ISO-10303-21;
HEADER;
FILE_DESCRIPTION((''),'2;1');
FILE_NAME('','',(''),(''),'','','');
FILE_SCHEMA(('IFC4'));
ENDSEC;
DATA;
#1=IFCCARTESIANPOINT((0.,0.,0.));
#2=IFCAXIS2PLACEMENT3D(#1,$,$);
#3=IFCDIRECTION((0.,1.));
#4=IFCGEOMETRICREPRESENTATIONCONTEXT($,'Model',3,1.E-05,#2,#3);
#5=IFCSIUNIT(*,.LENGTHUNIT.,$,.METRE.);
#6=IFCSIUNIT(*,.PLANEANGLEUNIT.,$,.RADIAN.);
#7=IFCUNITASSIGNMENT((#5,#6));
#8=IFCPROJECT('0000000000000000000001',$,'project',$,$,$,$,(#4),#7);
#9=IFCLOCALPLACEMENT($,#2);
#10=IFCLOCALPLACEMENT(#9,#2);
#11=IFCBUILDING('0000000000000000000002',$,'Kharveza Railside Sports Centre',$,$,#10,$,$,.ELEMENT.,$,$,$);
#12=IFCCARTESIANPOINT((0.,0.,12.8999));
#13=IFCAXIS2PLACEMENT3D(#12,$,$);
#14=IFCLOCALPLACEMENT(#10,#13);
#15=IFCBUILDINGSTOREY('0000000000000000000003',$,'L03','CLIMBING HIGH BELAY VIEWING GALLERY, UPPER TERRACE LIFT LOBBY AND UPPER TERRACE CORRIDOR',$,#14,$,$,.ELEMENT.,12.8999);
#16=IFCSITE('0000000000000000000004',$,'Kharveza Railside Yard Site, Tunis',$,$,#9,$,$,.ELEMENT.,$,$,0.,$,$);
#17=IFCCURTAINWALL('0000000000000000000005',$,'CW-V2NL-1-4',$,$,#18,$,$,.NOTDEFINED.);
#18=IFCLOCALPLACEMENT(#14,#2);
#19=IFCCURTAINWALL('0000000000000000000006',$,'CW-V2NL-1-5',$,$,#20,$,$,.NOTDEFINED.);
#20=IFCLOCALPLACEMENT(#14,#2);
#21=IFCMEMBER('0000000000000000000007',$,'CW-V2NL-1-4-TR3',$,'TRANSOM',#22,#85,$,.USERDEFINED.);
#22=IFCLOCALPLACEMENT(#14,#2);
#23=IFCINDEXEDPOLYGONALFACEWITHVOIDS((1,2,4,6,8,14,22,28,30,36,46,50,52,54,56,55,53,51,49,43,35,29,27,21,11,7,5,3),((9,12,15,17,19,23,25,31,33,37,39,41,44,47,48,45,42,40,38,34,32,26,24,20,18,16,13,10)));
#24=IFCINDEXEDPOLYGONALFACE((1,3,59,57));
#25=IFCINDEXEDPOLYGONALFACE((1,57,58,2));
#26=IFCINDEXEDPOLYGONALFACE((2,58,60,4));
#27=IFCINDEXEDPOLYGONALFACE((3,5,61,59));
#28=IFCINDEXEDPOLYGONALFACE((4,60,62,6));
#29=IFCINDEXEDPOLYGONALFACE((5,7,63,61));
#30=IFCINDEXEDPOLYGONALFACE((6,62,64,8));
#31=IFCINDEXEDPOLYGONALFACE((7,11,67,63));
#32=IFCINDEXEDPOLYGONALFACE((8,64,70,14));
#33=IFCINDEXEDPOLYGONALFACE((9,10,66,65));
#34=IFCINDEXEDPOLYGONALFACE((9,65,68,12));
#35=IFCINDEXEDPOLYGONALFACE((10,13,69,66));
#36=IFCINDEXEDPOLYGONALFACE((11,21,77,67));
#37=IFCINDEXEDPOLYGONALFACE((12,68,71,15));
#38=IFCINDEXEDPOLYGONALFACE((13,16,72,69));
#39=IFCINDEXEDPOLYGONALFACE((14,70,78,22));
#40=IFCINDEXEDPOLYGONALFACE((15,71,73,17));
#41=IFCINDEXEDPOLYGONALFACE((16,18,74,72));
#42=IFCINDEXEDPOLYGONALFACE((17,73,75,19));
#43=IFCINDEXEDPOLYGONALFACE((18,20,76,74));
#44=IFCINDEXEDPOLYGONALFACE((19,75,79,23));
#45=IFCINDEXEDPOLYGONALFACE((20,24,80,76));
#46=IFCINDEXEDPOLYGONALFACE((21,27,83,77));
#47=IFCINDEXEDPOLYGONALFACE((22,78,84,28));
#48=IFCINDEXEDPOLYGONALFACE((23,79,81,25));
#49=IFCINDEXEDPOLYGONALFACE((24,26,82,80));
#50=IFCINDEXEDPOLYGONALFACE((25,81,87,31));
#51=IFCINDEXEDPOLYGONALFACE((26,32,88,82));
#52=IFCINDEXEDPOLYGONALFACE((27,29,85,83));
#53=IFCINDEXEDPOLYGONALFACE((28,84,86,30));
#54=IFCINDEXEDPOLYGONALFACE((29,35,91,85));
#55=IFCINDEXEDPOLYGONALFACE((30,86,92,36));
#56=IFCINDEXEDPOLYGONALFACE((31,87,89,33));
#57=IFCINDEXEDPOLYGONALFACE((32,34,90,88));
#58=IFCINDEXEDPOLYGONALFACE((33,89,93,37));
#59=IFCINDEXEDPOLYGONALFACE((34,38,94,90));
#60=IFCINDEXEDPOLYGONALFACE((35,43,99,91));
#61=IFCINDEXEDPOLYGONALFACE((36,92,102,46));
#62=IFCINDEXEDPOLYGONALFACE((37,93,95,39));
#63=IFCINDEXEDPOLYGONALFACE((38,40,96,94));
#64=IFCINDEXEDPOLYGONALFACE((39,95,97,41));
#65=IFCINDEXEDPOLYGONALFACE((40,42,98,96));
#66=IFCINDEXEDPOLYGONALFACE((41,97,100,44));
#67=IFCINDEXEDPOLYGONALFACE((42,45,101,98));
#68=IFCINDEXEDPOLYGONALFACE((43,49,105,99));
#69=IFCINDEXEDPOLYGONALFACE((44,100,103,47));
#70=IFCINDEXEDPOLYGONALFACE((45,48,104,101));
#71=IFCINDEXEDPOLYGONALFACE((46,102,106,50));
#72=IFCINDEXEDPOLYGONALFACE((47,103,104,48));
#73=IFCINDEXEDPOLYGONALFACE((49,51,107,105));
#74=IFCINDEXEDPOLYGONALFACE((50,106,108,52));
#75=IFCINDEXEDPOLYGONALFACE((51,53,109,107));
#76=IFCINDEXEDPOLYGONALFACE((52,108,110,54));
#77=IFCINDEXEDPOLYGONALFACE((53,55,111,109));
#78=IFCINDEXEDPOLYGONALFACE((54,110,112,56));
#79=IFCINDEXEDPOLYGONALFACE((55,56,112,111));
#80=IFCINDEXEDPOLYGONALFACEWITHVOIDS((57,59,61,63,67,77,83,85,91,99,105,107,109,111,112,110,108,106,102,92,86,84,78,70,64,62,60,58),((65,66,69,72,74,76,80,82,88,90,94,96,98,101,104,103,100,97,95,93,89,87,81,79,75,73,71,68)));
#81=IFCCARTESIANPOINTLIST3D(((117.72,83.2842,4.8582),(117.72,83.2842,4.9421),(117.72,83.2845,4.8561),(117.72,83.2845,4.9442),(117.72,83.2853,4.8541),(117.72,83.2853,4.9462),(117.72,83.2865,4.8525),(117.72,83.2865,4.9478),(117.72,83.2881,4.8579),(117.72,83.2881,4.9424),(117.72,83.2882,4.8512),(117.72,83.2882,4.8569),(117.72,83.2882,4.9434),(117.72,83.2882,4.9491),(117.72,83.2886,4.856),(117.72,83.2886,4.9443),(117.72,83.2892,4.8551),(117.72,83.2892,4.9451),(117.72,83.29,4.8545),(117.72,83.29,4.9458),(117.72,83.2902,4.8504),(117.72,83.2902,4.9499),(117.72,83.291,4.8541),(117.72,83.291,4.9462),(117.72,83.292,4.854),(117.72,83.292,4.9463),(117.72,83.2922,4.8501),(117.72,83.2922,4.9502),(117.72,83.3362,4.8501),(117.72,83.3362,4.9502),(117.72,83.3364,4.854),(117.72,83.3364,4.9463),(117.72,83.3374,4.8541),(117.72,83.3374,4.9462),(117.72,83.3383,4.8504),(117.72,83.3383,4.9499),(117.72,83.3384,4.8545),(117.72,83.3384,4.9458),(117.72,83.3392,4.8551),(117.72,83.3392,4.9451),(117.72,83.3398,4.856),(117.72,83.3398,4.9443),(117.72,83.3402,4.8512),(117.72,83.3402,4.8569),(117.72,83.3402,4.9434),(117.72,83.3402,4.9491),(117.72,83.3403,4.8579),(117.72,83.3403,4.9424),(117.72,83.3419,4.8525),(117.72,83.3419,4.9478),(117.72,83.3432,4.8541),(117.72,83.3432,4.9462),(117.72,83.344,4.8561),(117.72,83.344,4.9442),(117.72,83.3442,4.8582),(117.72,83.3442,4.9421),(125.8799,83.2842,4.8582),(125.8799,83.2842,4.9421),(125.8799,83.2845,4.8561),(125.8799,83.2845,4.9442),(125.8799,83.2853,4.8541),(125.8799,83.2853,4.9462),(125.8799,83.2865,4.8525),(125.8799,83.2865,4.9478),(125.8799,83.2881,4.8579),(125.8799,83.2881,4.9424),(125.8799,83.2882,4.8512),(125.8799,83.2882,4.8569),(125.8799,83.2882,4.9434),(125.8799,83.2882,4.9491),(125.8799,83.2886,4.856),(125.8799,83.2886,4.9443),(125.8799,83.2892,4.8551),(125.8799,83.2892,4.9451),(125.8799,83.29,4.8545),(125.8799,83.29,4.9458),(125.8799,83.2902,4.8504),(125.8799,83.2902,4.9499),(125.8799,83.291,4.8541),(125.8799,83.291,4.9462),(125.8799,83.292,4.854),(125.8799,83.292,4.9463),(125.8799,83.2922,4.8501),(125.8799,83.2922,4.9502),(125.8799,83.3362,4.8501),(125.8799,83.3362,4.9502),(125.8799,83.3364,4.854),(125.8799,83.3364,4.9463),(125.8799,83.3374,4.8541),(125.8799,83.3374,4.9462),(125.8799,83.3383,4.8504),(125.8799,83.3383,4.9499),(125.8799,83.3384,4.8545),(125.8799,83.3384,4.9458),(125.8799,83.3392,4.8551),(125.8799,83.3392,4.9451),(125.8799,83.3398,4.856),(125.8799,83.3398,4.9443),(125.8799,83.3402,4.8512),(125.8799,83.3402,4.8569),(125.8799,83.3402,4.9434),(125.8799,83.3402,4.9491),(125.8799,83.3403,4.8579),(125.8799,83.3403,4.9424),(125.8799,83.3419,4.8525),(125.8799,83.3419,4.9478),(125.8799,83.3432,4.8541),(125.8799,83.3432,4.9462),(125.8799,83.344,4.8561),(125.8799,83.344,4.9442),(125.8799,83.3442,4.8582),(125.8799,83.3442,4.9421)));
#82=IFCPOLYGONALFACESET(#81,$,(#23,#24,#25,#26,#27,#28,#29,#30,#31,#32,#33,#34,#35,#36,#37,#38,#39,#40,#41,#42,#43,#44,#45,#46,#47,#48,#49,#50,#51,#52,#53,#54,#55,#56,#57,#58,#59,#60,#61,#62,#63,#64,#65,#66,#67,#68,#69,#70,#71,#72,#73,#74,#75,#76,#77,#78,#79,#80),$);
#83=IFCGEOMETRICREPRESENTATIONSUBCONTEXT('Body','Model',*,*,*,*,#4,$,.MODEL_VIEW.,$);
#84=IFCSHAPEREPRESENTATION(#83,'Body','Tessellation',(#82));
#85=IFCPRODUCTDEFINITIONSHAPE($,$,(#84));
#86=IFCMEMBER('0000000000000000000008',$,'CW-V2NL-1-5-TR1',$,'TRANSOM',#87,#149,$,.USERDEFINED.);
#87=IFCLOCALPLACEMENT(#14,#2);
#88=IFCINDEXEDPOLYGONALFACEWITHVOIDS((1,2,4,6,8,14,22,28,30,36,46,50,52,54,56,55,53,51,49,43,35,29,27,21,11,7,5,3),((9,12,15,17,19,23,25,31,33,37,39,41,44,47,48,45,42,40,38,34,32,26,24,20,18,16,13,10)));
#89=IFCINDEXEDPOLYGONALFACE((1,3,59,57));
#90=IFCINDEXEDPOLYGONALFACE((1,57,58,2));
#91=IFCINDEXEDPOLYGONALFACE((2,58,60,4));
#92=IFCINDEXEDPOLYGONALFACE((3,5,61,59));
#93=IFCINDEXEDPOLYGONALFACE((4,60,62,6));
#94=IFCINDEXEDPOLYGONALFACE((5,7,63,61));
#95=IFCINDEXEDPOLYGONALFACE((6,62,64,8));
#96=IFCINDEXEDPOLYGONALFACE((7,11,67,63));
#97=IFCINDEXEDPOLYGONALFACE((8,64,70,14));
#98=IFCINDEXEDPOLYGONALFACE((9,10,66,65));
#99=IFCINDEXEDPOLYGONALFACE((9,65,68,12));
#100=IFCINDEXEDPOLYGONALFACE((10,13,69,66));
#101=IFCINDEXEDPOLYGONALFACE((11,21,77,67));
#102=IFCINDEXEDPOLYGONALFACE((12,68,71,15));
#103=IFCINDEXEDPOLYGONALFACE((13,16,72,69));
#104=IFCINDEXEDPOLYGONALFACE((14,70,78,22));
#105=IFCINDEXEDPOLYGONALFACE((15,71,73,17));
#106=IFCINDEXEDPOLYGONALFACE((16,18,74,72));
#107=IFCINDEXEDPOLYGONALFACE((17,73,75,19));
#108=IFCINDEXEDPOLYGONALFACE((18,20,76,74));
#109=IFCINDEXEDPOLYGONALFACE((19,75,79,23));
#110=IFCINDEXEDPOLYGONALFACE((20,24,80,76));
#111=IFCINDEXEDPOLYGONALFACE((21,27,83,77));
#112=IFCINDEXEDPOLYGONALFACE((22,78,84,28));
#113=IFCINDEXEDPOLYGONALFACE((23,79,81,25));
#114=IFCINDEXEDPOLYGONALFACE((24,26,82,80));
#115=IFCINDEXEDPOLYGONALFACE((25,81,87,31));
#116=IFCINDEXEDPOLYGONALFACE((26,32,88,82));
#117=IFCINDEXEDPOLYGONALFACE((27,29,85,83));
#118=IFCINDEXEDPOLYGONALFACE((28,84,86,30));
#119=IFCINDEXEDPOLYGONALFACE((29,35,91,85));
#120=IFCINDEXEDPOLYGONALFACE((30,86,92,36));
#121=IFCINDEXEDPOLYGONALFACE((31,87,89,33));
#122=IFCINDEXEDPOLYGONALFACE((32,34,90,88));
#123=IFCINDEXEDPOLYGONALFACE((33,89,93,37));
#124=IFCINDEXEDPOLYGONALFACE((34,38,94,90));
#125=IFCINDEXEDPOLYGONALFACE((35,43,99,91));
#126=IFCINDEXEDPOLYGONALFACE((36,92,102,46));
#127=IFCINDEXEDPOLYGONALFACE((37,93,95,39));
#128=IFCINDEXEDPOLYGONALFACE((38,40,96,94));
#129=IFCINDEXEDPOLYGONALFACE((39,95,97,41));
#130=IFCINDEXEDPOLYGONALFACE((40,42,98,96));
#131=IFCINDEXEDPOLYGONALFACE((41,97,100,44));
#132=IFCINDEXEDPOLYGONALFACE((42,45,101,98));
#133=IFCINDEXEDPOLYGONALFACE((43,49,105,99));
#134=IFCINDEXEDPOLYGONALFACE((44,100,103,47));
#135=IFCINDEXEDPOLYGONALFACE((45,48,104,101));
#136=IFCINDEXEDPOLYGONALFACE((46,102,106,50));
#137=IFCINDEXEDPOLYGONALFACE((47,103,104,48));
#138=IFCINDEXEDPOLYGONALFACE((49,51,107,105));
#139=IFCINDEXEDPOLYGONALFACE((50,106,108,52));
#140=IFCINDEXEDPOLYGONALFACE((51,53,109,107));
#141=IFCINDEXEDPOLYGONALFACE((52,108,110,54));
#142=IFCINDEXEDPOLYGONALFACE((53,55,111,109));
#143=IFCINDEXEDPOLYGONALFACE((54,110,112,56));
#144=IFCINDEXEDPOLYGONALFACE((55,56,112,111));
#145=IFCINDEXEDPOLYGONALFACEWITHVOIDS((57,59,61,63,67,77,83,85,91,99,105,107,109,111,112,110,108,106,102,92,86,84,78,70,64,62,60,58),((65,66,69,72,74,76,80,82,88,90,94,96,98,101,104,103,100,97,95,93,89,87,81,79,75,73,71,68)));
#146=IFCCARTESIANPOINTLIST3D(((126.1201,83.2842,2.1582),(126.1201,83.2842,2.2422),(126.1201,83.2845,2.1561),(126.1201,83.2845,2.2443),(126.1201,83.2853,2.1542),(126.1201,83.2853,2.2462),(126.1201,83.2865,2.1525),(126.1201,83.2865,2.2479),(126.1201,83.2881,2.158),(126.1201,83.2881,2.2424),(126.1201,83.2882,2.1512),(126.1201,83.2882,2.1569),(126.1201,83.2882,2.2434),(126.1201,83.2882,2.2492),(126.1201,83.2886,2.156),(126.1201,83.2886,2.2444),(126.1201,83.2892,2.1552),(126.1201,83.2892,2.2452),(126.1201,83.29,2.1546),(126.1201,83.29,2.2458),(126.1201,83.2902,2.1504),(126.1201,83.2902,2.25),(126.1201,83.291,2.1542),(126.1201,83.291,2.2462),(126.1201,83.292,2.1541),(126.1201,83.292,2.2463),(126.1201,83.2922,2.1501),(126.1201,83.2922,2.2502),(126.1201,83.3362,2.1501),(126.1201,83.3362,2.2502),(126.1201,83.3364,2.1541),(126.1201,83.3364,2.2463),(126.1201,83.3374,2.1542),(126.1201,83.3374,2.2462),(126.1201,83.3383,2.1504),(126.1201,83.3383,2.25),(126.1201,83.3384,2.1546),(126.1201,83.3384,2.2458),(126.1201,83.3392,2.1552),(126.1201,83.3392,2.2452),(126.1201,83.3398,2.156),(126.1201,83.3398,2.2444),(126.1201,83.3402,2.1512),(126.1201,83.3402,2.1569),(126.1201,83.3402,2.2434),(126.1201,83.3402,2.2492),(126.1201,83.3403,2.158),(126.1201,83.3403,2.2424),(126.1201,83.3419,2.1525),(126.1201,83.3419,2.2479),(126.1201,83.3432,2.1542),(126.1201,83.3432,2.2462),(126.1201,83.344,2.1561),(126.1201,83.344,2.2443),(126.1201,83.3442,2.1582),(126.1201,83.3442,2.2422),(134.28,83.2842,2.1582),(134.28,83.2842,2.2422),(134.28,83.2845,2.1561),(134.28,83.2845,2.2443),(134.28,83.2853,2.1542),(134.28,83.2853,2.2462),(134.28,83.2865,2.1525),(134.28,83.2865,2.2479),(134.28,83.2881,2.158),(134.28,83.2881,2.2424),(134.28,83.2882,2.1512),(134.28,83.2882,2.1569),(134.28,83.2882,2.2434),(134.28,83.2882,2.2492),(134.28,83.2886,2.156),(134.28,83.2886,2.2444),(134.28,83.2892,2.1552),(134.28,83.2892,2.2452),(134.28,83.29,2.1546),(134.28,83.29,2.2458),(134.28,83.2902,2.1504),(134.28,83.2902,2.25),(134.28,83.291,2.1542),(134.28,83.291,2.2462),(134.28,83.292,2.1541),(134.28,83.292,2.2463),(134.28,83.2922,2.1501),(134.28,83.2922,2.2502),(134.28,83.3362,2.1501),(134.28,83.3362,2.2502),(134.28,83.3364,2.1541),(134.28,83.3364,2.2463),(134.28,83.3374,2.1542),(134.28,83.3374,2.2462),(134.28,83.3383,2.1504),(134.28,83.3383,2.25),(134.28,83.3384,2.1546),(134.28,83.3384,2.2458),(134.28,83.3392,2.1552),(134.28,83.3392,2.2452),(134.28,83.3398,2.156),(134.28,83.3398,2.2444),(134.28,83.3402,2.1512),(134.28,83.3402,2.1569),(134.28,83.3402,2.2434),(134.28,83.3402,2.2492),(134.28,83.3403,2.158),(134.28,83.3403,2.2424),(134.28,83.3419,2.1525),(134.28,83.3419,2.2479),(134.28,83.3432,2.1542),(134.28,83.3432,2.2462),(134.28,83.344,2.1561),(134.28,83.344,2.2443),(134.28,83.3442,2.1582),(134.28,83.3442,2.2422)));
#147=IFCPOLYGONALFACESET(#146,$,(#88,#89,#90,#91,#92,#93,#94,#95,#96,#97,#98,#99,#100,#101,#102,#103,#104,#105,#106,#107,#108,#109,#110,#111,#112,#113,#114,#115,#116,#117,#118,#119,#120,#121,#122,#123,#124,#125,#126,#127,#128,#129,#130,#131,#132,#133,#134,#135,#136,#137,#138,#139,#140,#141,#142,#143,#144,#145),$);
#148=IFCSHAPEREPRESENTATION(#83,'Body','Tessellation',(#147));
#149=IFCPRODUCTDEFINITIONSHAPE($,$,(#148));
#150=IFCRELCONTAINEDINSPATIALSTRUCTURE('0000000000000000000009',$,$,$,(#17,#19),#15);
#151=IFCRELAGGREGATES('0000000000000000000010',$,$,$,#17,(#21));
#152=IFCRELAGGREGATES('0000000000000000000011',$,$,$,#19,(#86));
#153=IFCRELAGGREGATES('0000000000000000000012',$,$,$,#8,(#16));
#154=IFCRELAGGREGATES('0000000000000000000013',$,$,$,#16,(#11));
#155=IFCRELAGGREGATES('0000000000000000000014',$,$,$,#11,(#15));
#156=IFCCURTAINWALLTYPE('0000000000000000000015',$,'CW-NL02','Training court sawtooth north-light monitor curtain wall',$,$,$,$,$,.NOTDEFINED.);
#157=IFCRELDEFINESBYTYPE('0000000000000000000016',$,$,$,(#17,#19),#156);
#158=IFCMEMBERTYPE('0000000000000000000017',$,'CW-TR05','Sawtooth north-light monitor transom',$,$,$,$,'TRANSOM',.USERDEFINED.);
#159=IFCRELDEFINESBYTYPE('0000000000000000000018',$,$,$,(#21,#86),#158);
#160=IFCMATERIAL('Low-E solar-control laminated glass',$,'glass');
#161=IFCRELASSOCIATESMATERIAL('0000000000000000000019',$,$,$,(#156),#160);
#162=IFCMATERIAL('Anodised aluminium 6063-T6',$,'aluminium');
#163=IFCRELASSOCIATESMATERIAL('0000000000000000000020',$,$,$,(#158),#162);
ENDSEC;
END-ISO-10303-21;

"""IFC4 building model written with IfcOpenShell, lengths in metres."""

from ifc_helpers import new_model, si_unit, direction, frame, origin, origin_2d, place, context, subcontext, project, spatial, hollow_rectangle, extrude, material, material_profile, profile_set, type_object, element, aggregate, save


model = new_model("IFC4")

# Units and contexts
model_context = context("Model", 3, precision=1e-05, world=origin(), true_north=direction((0.0, 1.0)))
body_context = subcontext(model_context, "Body", "Model", "MODEL_VIEW")
ifc_project = project(units=[si_unit("LENGTHUNIT", "METRE"), si_unit("PLANEANGLEUNIT", "RADIAN")], contexts=[model_context])

# Site, building, storey
site_placement = place(None, origin())
site = spatial("IfcSite", under=ifc_project, at=site_placement, Name="Kharveza Railside Yard Site, Tunis", CompositionType="ELEMENT", RefElevation=0.0)
building_placement = place(site_placement, origin())
building = spatial("IfcBuilding", under=site, at=building_placement, Name="Kharveza Railside Sports Centre", CompositionType="ELEMENT")
storey_placement = place(building_placement, frame((0.0, 0.0, 12.8999)))
storey = spatial("IfcBuildingStorey", under=building, at=storey_placement, Name="L03", Description="CLIMBING HIGH BELAY VIEWING GALLERY, UPPER TERRACE LIFT LOBBY AND UPPER TERRACE CORRIDOR", CompositionType="ELEMENT", Elevation=12.8999)

# Curtain walls
ifc_material_1 = material(Name="Low-E solar-control laminated glass", Category="glass")
curtain_wall_type = type_object("IfcCurtainWallType", Name="CW-NL02", Description="Training court sawtooth north-light monitor curtain wall", PredefinedType="NOTDEFINED", material=ifc_material_1)
curtain_wall_1_placement = place(storey_placement, origin())
curtain_wall_1 = element("IfcCurtainWall", 1, at=curtain_wall_1_placement, inside=storey, type_object=curtain_wall_type, Name="CW-V2NL-1-4", PredefinedType="NOTDEFINED")
ifc_material_2 = material(Name="Anodised aluminium 6063-T6", Category="aluminium")
curtain_wall_2_placement = place(storey_placement, origin())
curtain_wall_2 = element("IfcCurtainWall", 2, at=curtain_wall_2_placement, inside=storey, type_object=curtain_wall_type, Name="CW-V2NL-1-5", PredefinedType="NOTDEFINED")

# Members
ifc_material_profile_1 = material_profile(ifc_material_2, hollow_rectangle(XDim=0.0601, YDim=0.1001, WallThickness=0.0039, InnerFilletRadius=0.0039, OuterFilletRadius=0.0081, at=origin_2d()), Name="RHS 60x100x4.0")
ifc_profile_set_1 = profile_set([ifc_material_profile_1], Name="Anodised aluminium 6063-T6")
member_type_1 = type_object("IfcMemberType", Name="CW-TR05", Description="Sawtooth north-light monitor transom", ElementType="TRANSOM", PredefinedType="USERDEFINED", material=ifc_profile_set_1)
member_1_placement = place(storey_placement, frame((117.72, 83.3142, 4.9001), z_axis=(1.0, 0.0, 0.0), x_axis=(0.0, 1.0, 0.0)))
member_1 = element("IfcMember", 3, at=member_1_placement, type_object=member_type_1, Name="CW-V2NL-1-4-TR3", ObjectType="TRANSOM", PredefinedType="USERDEFINED", context=body_context, shape_type="SweptSolid", body=[
    extrude(hollow_rectangle(XDim=0.0601, YDim=0.1001, WallThickness=0.0039, InnerFilletRadius=0.0039, OuterFilletRadius=0.0081, at=origin_2d()), origin(), (0.0, 0.0, 1.0), 8.1599),
])
member_2_placement = place(storey_placement, frame((126.1201, 83.3142, 2.2002), z_axis=(1.0, 0.0, 0.0), x_axis=(0.0, 1.0, 0.0)))
member_2 = element("IfcMember", 4, at=member_2_placement, type_object=member_type_1, Name="CW-V2NL-1-5-TR1", ObjectType="TRANSOM", PredefinedType="USERDEFINED", context=body_context, shape_type="SweptSolid", body=[
    extrude(hollow_rectangle(XDim=0.0601, YDim=0.1001, WallThickness=0.0039, InnerFilletRadius=0.0039, OuterFilletRadius=0.0081, at=origin_2d()), origin(), (0.0, 0.0, 1.0), 8.1599),
])

aggregate(curtain_wall_1, [member_1])
aggregate(curtain_wall_2, [member_2])

save(model, "model.ifc")
